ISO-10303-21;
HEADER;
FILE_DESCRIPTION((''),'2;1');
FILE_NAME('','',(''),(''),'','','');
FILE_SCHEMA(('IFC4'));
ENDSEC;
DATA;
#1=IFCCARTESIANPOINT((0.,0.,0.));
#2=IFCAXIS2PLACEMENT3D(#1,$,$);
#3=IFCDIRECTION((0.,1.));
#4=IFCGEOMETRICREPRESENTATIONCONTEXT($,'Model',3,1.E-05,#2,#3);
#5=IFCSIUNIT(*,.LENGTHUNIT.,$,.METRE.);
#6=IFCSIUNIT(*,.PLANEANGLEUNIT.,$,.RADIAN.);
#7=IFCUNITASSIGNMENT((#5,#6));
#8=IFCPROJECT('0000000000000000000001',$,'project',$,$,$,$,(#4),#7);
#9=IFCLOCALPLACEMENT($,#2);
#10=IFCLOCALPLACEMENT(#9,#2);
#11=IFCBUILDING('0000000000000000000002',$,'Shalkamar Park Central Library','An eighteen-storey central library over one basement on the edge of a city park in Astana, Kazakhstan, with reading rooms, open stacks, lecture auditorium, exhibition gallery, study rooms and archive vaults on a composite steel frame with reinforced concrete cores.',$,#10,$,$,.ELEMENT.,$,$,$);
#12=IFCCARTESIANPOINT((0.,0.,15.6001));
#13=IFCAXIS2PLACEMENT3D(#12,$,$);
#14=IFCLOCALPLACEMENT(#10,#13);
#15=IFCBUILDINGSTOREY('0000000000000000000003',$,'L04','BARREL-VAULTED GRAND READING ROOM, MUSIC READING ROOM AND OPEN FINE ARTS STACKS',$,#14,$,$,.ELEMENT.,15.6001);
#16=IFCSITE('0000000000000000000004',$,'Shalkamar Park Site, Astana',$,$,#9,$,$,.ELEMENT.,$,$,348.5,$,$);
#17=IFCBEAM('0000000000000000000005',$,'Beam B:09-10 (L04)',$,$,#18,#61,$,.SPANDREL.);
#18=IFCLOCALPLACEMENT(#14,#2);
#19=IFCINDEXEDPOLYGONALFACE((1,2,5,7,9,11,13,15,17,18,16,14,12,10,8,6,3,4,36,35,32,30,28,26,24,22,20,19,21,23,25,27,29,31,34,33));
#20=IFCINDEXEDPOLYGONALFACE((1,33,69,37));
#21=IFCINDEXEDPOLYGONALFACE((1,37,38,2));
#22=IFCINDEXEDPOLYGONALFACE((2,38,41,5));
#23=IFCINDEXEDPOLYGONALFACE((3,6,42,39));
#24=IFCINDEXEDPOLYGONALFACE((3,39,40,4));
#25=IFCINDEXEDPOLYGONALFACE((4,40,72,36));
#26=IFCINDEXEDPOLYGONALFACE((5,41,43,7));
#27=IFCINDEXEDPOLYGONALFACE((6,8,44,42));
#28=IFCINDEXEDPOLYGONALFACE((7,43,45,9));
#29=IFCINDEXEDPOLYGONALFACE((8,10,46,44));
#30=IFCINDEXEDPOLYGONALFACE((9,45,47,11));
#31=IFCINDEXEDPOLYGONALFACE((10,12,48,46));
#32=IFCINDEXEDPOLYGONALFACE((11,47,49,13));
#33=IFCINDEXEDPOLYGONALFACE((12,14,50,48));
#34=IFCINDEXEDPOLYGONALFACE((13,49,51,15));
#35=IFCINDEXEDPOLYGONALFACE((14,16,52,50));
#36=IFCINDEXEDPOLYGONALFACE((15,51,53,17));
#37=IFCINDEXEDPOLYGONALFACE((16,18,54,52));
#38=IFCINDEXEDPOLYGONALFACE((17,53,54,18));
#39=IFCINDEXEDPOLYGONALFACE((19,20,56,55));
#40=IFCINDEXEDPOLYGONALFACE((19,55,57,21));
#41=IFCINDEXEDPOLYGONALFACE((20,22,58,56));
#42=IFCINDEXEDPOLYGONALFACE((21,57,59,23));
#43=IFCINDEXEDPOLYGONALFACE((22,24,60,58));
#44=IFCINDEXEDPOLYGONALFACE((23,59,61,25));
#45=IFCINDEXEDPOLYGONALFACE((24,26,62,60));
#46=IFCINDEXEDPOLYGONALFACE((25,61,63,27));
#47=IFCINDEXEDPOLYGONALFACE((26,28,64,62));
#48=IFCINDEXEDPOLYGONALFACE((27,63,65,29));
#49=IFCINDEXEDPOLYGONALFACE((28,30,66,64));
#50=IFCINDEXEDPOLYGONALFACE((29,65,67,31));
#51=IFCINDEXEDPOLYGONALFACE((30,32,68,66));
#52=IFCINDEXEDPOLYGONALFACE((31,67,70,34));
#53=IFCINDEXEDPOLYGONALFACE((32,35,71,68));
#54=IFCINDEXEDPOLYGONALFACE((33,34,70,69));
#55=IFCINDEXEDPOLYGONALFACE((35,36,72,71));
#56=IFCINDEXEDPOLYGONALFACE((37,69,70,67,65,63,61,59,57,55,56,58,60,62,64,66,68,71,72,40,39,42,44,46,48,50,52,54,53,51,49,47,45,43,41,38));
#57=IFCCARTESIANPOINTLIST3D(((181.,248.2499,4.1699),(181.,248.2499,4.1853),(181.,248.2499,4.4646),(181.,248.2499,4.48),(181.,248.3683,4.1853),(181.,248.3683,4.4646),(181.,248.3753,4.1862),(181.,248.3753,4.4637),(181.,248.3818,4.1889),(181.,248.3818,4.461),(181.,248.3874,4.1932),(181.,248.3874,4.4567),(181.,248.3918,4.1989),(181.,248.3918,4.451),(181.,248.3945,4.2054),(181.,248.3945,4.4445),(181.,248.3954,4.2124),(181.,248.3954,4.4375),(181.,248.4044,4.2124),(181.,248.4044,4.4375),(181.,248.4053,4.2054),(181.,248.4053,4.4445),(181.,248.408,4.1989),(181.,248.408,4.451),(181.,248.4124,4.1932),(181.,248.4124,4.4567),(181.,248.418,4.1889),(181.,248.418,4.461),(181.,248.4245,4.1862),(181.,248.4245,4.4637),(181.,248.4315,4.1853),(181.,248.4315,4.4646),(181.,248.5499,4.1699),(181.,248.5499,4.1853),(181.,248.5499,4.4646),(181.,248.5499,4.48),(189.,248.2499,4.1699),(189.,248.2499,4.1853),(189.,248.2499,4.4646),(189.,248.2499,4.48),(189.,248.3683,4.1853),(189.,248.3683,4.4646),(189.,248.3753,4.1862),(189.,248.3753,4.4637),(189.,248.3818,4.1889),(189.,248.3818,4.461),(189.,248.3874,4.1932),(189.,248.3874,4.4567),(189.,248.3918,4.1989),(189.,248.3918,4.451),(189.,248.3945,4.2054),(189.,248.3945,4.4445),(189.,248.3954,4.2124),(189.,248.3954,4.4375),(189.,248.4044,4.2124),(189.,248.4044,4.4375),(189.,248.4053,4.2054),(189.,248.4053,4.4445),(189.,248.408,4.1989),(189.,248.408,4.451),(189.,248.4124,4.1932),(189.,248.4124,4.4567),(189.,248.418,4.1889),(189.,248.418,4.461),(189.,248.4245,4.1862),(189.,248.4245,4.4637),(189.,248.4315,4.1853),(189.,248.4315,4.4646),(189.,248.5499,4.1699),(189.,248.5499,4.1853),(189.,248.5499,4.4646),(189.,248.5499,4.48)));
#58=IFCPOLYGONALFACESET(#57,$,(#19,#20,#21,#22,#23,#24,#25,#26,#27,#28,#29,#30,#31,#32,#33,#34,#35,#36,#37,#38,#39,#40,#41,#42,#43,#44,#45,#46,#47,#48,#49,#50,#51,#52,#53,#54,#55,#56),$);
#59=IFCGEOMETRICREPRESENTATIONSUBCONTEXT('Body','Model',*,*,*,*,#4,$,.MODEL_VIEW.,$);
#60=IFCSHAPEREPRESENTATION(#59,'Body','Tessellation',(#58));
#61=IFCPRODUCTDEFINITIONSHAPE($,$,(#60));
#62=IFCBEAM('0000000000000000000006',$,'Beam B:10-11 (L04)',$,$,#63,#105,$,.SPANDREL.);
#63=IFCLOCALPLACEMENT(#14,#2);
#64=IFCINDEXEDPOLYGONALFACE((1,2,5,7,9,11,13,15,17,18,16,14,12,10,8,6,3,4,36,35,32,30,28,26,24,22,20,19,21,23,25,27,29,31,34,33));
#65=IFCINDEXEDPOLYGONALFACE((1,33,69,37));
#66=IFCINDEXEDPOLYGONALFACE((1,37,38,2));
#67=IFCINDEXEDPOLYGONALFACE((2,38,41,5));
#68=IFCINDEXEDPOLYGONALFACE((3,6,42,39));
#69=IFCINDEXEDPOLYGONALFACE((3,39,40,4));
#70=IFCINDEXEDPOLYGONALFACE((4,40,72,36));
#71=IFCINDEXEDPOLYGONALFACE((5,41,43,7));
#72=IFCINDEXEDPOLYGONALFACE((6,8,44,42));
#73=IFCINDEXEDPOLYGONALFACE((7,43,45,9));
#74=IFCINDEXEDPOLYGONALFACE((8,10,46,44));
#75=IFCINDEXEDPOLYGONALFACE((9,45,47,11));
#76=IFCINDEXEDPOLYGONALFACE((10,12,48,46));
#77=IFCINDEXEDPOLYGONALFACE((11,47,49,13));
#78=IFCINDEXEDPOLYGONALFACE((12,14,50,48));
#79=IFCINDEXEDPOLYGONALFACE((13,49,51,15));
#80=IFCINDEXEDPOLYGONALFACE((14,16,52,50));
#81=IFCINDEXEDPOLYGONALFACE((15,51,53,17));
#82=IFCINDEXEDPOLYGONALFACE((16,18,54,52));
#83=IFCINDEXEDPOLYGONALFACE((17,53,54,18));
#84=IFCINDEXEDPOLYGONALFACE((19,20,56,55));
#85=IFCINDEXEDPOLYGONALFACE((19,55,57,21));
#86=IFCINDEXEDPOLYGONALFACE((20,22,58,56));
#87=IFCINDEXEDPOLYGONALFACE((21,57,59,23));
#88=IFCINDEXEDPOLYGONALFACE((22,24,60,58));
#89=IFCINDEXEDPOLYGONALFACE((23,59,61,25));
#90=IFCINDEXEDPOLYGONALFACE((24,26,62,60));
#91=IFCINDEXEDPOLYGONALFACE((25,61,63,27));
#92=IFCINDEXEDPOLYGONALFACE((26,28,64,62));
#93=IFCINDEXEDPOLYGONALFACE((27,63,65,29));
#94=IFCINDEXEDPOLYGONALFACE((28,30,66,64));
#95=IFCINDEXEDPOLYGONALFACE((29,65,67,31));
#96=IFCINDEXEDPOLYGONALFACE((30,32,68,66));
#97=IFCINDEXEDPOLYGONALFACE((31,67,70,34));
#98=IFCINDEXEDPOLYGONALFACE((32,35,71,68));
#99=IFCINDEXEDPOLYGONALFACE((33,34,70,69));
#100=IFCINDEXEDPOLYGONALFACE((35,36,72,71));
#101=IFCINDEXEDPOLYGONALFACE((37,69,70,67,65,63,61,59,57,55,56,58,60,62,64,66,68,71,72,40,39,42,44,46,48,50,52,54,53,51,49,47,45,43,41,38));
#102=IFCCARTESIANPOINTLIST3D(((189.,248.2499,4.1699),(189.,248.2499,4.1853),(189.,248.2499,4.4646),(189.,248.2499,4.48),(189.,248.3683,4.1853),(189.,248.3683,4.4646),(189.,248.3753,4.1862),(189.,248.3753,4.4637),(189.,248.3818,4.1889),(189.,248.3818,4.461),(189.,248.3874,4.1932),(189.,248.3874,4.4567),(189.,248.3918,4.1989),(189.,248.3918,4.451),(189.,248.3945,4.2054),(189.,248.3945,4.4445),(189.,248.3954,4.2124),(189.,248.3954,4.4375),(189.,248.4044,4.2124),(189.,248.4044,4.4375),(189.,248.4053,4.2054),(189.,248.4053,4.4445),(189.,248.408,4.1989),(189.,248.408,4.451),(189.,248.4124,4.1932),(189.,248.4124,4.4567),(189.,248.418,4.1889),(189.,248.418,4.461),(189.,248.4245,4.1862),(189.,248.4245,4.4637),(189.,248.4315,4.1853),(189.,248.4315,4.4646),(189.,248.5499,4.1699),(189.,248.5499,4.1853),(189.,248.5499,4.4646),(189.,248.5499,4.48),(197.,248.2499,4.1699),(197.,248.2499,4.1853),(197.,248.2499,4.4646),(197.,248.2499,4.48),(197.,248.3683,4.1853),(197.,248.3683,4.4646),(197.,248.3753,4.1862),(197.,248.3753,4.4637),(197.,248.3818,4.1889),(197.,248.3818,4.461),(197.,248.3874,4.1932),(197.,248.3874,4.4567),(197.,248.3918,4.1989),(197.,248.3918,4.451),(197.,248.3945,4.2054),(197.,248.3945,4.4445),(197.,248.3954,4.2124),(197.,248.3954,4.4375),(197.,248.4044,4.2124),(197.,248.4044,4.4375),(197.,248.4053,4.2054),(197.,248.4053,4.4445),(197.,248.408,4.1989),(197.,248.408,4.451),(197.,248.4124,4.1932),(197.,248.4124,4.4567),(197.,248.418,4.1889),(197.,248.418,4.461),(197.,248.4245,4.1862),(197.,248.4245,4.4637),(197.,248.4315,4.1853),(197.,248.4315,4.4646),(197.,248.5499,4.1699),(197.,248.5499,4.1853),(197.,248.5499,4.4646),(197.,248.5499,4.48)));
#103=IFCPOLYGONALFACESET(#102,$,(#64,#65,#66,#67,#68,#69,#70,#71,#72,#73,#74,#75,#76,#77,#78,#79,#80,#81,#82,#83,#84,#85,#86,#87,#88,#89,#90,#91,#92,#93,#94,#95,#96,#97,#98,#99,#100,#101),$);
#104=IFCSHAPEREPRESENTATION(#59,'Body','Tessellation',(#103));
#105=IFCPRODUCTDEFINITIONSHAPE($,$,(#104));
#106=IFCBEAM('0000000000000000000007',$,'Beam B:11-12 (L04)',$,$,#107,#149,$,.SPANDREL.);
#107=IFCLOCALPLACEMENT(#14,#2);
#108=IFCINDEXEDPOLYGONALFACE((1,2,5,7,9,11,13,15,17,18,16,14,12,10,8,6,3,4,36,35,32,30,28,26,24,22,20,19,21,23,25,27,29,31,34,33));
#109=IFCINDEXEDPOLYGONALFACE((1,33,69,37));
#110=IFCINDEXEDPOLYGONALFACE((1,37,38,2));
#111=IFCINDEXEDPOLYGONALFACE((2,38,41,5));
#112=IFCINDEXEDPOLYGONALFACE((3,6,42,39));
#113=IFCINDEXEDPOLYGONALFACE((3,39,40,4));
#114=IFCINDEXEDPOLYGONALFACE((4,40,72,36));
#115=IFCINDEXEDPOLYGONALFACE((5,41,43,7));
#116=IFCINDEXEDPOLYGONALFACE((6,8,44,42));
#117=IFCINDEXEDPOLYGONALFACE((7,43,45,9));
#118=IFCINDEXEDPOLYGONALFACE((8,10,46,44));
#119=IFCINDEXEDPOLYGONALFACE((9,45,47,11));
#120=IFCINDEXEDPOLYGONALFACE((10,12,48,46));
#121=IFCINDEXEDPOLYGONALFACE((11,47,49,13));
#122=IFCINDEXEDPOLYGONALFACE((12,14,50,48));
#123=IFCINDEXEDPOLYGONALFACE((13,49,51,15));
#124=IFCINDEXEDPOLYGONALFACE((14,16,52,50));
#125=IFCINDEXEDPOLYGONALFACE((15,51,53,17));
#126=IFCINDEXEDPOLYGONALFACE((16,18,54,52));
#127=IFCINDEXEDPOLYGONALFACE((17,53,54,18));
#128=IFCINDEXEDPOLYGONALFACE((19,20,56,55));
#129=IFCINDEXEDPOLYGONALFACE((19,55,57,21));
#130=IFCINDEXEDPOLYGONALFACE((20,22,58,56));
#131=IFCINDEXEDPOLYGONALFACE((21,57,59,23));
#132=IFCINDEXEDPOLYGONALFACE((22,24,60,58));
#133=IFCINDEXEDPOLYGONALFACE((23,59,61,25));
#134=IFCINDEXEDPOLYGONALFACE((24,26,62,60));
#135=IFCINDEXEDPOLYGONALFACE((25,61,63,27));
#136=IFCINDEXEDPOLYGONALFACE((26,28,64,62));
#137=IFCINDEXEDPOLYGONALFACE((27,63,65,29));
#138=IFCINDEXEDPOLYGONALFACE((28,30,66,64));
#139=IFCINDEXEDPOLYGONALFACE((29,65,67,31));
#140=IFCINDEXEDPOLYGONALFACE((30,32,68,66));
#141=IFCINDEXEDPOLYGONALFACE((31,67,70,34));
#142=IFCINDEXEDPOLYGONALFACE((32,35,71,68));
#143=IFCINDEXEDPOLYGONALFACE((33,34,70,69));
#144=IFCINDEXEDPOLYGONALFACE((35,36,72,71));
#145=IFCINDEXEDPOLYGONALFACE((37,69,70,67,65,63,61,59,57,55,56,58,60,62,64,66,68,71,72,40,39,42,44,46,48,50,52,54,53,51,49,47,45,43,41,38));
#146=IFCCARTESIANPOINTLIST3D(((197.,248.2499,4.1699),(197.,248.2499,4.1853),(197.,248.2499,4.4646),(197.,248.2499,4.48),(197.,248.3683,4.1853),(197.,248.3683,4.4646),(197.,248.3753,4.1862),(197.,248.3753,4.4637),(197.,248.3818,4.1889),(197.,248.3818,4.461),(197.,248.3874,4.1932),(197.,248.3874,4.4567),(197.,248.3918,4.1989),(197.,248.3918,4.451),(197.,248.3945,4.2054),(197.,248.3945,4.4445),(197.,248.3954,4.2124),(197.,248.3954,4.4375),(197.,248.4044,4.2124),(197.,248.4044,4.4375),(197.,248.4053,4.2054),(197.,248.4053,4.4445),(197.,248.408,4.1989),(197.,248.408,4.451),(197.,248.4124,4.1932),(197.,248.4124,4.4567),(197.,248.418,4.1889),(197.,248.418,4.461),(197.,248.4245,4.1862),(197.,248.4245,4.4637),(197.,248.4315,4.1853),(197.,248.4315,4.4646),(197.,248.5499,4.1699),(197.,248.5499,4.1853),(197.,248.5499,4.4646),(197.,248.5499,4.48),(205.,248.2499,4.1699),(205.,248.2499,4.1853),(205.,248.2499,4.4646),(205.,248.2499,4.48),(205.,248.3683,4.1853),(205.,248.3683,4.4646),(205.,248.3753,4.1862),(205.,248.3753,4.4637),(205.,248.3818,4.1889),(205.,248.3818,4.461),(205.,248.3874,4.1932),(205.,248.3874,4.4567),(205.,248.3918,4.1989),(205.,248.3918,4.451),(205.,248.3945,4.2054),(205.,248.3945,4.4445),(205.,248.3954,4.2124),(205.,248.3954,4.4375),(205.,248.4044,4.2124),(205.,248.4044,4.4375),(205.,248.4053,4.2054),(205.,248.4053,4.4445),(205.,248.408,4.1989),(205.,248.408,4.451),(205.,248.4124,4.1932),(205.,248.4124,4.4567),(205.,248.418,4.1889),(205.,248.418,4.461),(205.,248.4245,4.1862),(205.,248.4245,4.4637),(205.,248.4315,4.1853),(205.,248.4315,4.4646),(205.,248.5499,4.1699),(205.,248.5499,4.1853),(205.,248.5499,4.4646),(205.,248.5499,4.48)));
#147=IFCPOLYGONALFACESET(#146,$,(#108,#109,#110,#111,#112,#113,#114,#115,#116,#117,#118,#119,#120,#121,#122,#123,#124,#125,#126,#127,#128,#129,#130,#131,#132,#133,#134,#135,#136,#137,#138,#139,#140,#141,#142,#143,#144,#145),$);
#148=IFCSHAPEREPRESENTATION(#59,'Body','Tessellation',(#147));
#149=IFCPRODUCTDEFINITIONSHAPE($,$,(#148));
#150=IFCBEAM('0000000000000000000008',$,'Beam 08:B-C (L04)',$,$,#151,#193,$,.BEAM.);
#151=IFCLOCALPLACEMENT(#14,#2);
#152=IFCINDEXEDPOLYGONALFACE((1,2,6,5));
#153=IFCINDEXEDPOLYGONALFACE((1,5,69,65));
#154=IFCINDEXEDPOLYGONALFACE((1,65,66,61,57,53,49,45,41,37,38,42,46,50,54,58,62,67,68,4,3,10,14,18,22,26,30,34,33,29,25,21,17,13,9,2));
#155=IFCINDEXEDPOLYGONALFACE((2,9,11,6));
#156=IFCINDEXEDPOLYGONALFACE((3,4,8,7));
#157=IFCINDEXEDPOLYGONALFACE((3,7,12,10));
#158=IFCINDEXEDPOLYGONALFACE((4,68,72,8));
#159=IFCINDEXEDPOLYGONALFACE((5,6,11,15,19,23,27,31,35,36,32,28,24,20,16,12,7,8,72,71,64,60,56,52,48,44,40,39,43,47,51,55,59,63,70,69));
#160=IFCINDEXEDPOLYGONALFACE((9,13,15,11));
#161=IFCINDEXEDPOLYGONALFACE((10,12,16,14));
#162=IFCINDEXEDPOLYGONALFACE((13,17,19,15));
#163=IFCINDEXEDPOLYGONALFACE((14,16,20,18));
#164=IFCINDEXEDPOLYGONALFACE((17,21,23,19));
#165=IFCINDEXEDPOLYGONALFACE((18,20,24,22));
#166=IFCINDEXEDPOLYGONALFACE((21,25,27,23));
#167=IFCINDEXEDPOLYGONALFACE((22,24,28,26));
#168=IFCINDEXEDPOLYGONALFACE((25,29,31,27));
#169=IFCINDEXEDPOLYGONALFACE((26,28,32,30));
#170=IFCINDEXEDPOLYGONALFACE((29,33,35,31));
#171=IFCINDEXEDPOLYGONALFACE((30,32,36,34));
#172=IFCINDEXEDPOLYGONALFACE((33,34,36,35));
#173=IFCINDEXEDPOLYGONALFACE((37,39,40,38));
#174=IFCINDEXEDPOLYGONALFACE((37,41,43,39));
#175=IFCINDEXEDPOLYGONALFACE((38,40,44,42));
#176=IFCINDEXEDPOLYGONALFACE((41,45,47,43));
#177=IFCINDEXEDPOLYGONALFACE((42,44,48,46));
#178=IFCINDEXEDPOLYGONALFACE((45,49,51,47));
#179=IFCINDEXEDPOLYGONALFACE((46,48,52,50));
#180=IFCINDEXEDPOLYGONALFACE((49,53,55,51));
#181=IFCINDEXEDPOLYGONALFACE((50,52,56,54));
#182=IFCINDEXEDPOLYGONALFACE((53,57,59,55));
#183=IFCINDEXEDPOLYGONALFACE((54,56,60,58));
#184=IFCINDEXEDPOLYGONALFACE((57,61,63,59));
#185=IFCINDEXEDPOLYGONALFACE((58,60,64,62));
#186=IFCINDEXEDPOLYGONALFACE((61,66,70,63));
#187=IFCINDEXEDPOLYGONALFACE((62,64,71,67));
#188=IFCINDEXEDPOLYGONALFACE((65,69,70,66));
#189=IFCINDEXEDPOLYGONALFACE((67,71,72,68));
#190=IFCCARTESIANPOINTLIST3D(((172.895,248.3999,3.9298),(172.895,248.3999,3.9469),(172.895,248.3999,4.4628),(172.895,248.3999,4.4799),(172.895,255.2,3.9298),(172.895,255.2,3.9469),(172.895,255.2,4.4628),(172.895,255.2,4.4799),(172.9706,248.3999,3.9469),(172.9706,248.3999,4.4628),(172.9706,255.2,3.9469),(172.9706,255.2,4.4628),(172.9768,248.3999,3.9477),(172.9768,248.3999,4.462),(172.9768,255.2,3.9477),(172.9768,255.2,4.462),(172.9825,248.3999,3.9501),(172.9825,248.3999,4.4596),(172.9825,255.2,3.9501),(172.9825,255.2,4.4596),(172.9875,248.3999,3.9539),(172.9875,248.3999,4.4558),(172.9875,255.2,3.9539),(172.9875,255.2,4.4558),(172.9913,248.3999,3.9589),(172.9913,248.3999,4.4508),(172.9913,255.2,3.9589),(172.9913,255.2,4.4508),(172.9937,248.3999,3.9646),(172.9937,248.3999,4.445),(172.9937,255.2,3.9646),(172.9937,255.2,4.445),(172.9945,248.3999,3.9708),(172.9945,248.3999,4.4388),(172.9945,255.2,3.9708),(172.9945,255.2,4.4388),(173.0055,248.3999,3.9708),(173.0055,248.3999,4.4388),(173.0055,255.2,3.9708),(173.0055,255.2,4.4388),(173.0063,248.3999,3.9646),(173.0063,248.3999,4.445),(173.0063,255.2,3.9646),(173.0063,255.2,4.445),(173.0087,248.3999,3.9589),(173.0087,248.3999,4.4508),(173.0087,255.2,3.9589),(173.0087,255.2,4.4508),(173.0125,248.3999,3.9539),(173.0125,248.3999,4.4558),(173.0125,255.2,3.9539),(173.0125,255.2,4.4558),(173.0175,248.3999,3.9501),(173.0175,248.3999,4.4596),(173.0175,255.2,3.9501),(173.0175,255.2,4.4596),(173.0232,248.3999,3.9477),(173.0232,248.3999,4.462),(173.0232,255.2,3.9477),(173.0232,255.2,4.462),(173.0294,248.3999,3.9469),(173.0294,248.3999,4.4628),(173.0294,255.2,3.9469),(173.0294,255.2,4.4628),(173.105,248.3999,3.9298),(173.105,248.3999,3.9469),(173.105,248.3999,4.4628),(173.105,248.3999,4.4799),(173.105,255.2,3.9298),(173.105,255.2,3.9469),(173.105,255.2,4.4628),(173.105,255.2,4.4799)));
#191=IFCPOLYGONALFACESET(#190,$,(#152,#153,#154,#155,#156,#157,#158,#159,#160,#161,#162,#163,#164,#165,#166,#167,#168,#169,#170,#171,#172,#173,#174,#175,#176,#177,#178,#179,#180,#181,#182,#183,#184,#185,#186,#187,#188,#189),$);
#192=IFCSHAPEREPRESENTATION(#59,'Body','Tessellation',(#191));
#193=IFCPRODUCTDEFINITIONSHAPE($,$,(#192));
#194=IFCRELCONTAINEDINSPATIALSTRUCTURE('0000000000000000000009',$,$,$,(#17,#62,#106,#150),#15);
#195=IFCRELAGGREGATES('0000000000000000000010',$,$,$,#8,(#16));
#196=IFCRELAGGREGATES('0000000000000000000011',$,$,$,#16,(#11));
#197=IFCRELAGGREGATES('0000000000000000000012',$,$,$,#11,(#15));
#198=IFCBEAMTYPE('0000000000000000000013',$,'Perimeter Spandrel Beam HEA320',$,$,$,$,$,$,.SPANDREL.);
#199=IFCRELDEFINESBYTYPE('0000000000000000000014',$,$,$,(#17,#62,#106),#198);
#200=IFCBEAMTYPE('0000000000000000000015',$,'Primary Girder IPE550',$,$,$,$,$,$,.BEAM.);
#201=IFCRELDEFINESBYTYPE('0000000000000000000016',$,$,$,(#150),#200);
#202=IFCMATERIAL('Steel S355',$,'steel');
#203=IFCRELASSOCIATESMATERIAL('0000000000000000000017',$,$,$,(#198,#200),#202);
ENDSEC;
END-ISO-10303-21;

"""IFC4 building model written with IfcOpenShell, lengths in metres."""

from ifc_helpers import new_model, si_unit, direction, frame, origin, origin_2d, place, context, subcontext, project, spatial, i_section, extrude, material, material_profile, profile_set, type_object, element, save


model = new_model("IFC4")

# Units and contexts
model_context = context("Model", 3, precision=1e-05, world=origin(), true_north=direction((0.0, 1.0)))
body_context = subcontext(model_context, "Body", "Model", "MODEL_VIEW")
ifc_project = project(units=[si_unit("LENGTHUNIT", "METRE"), si_unit("PLANEANGLEUNIT", "RADIAN")], contexts=[model_context])

# Site, building, storey
site_placement = place(None, origin())
site = spatial("IfcSite", under=ifc_project, at=site_placement, Name="Shalkamar Park Site, Astana", CompositionType="ELEMENT", RefElevation=348.5)
building_placement = place(site_placement, origin())
building = spatial("IfcBuilding", under=site, at=building_placement, Name="Shalkamar Park Central Library", Description="An eighteen-storey central library over one basement on the edge of a city park in Astana, Kazakhstan, with reading rooms, open stacks, lecture auditorium, exhibition gallery, study rooms and archive vaults on a composite steel frame with reinforced concrete cores.", CompositionType="ELEMENT")
storey_placement = place(building_placement, frame((0.0, 0.0, 15.6001)))
storey = spatial("IfcBuildingStorey", under=building, at=storey_placement, Name="L04", Description="BARREL-VAULTED GRAND READING ROOM, MUSIC READING ROOM AND OPEN FINE ARTS STACKS", CompositionType="ELEMENT", Elevation=15.6001)

# Shared definitions
ifc_material_1 = material(Name="Steel S355", Category="steel")

# Beams
ifc_material_profile_1 = material_profile(ifc_material_1, i_section(OverallWidth=0.3, OverallDepth=0.3101, WebThickness=0.009, FlangeThickness=0.0154, FilletRadius=0.0271, at=origin_2d()), Name="HEA 320")
ifc_profile_set_1 = profile_set([ifc_material_profile_1], Name="Steel S355")
beam_type_1 = type_object("IfcBeamType", Name="Perimeter Spandrel Beam HEA320", PredefinedType="SPANDREL", material=ifc_profile_set_1)
for number, where, z_axis, x_axis, name in (
    (1, (181.0, 248.3999, 4.325), (1.0, 0.0, 0.0), (0.0, 1.0, 0.0), "Beam B:09-10 (L04)"),
    (2, (189.0, 248.3999, 4.325), (1.0, 0.0, 0.0), (0.0, 1.0, 0.0), "Beam B:10-11 (L04)"),
    (3, (197.0, 248.3999, 4.325), (1.0, 0.0, 0.0), (0.0, 1.0, 0.0), "Beam B:11-12 (L04)"),
):
    element("IfcBeam", number, at=place(storey_placement, frame(where, z_axis=z_axis, x_axis=x_axis)), inside=storey, type_object=beam_type_1, Name=name, PredefinedType="SPANDREL", context=body_context, shape_type="SweptSolid", body=[
        extrude(i_section(OverallWidth=0.3, OverallDepth=0.3101, WebThickness=0.009, FlangeThickness=0.0154, FilletRadius=0.0271, at=origin_2d()), origin(), (0.0, 0.0, 1.0), 8.0),
    ])
ifc_material_profile_2 = material_profile(ifc_material_1, i_section(OverallWidth=0.21, OverallDepth=0.55, WebThickness=0.011, FlangeThickness=0.0171, FilletRadius=0.0239, at=origin_2d()), Name="IPE 550")
ifc_profile_set_2 = profile_set([ifc_material_profile_2], Name="Steel S355")
beam_type_2 = type_object("IfcBeamType", Name="Primary Girder IPE550", PredefinedType="BEAM", material=ifc_profile_set_2)
for number, where, z_axis, x_axis, name in (
    (4, (173.0, 248.3999, 4.2048), (0.0, 1.0, 0.0), (-1.0, 0.0, 0.0), "Beam 08:B-C (L04)"),
):
    element("IfcBeam", number, at=place(storey_placement, frame(where, z_axis=z_axis, x_axis=x_axis)), inside=storey, type_object=beam_type_2, Name=name, PredefinedType="BEAM", context=body_context, shape_type="SweptSolid", body=[
        extrude(i_section(OverallWidth=0.21, OverallDepth=0.55, WebThickness=0.011, FlangeThickness=0.0171, FilletRadius=0.0239, at=origin_2d()), origin(), (0.0, 0.0, 1.0), 6.8),
    ])

save(model, "model.ifc")
